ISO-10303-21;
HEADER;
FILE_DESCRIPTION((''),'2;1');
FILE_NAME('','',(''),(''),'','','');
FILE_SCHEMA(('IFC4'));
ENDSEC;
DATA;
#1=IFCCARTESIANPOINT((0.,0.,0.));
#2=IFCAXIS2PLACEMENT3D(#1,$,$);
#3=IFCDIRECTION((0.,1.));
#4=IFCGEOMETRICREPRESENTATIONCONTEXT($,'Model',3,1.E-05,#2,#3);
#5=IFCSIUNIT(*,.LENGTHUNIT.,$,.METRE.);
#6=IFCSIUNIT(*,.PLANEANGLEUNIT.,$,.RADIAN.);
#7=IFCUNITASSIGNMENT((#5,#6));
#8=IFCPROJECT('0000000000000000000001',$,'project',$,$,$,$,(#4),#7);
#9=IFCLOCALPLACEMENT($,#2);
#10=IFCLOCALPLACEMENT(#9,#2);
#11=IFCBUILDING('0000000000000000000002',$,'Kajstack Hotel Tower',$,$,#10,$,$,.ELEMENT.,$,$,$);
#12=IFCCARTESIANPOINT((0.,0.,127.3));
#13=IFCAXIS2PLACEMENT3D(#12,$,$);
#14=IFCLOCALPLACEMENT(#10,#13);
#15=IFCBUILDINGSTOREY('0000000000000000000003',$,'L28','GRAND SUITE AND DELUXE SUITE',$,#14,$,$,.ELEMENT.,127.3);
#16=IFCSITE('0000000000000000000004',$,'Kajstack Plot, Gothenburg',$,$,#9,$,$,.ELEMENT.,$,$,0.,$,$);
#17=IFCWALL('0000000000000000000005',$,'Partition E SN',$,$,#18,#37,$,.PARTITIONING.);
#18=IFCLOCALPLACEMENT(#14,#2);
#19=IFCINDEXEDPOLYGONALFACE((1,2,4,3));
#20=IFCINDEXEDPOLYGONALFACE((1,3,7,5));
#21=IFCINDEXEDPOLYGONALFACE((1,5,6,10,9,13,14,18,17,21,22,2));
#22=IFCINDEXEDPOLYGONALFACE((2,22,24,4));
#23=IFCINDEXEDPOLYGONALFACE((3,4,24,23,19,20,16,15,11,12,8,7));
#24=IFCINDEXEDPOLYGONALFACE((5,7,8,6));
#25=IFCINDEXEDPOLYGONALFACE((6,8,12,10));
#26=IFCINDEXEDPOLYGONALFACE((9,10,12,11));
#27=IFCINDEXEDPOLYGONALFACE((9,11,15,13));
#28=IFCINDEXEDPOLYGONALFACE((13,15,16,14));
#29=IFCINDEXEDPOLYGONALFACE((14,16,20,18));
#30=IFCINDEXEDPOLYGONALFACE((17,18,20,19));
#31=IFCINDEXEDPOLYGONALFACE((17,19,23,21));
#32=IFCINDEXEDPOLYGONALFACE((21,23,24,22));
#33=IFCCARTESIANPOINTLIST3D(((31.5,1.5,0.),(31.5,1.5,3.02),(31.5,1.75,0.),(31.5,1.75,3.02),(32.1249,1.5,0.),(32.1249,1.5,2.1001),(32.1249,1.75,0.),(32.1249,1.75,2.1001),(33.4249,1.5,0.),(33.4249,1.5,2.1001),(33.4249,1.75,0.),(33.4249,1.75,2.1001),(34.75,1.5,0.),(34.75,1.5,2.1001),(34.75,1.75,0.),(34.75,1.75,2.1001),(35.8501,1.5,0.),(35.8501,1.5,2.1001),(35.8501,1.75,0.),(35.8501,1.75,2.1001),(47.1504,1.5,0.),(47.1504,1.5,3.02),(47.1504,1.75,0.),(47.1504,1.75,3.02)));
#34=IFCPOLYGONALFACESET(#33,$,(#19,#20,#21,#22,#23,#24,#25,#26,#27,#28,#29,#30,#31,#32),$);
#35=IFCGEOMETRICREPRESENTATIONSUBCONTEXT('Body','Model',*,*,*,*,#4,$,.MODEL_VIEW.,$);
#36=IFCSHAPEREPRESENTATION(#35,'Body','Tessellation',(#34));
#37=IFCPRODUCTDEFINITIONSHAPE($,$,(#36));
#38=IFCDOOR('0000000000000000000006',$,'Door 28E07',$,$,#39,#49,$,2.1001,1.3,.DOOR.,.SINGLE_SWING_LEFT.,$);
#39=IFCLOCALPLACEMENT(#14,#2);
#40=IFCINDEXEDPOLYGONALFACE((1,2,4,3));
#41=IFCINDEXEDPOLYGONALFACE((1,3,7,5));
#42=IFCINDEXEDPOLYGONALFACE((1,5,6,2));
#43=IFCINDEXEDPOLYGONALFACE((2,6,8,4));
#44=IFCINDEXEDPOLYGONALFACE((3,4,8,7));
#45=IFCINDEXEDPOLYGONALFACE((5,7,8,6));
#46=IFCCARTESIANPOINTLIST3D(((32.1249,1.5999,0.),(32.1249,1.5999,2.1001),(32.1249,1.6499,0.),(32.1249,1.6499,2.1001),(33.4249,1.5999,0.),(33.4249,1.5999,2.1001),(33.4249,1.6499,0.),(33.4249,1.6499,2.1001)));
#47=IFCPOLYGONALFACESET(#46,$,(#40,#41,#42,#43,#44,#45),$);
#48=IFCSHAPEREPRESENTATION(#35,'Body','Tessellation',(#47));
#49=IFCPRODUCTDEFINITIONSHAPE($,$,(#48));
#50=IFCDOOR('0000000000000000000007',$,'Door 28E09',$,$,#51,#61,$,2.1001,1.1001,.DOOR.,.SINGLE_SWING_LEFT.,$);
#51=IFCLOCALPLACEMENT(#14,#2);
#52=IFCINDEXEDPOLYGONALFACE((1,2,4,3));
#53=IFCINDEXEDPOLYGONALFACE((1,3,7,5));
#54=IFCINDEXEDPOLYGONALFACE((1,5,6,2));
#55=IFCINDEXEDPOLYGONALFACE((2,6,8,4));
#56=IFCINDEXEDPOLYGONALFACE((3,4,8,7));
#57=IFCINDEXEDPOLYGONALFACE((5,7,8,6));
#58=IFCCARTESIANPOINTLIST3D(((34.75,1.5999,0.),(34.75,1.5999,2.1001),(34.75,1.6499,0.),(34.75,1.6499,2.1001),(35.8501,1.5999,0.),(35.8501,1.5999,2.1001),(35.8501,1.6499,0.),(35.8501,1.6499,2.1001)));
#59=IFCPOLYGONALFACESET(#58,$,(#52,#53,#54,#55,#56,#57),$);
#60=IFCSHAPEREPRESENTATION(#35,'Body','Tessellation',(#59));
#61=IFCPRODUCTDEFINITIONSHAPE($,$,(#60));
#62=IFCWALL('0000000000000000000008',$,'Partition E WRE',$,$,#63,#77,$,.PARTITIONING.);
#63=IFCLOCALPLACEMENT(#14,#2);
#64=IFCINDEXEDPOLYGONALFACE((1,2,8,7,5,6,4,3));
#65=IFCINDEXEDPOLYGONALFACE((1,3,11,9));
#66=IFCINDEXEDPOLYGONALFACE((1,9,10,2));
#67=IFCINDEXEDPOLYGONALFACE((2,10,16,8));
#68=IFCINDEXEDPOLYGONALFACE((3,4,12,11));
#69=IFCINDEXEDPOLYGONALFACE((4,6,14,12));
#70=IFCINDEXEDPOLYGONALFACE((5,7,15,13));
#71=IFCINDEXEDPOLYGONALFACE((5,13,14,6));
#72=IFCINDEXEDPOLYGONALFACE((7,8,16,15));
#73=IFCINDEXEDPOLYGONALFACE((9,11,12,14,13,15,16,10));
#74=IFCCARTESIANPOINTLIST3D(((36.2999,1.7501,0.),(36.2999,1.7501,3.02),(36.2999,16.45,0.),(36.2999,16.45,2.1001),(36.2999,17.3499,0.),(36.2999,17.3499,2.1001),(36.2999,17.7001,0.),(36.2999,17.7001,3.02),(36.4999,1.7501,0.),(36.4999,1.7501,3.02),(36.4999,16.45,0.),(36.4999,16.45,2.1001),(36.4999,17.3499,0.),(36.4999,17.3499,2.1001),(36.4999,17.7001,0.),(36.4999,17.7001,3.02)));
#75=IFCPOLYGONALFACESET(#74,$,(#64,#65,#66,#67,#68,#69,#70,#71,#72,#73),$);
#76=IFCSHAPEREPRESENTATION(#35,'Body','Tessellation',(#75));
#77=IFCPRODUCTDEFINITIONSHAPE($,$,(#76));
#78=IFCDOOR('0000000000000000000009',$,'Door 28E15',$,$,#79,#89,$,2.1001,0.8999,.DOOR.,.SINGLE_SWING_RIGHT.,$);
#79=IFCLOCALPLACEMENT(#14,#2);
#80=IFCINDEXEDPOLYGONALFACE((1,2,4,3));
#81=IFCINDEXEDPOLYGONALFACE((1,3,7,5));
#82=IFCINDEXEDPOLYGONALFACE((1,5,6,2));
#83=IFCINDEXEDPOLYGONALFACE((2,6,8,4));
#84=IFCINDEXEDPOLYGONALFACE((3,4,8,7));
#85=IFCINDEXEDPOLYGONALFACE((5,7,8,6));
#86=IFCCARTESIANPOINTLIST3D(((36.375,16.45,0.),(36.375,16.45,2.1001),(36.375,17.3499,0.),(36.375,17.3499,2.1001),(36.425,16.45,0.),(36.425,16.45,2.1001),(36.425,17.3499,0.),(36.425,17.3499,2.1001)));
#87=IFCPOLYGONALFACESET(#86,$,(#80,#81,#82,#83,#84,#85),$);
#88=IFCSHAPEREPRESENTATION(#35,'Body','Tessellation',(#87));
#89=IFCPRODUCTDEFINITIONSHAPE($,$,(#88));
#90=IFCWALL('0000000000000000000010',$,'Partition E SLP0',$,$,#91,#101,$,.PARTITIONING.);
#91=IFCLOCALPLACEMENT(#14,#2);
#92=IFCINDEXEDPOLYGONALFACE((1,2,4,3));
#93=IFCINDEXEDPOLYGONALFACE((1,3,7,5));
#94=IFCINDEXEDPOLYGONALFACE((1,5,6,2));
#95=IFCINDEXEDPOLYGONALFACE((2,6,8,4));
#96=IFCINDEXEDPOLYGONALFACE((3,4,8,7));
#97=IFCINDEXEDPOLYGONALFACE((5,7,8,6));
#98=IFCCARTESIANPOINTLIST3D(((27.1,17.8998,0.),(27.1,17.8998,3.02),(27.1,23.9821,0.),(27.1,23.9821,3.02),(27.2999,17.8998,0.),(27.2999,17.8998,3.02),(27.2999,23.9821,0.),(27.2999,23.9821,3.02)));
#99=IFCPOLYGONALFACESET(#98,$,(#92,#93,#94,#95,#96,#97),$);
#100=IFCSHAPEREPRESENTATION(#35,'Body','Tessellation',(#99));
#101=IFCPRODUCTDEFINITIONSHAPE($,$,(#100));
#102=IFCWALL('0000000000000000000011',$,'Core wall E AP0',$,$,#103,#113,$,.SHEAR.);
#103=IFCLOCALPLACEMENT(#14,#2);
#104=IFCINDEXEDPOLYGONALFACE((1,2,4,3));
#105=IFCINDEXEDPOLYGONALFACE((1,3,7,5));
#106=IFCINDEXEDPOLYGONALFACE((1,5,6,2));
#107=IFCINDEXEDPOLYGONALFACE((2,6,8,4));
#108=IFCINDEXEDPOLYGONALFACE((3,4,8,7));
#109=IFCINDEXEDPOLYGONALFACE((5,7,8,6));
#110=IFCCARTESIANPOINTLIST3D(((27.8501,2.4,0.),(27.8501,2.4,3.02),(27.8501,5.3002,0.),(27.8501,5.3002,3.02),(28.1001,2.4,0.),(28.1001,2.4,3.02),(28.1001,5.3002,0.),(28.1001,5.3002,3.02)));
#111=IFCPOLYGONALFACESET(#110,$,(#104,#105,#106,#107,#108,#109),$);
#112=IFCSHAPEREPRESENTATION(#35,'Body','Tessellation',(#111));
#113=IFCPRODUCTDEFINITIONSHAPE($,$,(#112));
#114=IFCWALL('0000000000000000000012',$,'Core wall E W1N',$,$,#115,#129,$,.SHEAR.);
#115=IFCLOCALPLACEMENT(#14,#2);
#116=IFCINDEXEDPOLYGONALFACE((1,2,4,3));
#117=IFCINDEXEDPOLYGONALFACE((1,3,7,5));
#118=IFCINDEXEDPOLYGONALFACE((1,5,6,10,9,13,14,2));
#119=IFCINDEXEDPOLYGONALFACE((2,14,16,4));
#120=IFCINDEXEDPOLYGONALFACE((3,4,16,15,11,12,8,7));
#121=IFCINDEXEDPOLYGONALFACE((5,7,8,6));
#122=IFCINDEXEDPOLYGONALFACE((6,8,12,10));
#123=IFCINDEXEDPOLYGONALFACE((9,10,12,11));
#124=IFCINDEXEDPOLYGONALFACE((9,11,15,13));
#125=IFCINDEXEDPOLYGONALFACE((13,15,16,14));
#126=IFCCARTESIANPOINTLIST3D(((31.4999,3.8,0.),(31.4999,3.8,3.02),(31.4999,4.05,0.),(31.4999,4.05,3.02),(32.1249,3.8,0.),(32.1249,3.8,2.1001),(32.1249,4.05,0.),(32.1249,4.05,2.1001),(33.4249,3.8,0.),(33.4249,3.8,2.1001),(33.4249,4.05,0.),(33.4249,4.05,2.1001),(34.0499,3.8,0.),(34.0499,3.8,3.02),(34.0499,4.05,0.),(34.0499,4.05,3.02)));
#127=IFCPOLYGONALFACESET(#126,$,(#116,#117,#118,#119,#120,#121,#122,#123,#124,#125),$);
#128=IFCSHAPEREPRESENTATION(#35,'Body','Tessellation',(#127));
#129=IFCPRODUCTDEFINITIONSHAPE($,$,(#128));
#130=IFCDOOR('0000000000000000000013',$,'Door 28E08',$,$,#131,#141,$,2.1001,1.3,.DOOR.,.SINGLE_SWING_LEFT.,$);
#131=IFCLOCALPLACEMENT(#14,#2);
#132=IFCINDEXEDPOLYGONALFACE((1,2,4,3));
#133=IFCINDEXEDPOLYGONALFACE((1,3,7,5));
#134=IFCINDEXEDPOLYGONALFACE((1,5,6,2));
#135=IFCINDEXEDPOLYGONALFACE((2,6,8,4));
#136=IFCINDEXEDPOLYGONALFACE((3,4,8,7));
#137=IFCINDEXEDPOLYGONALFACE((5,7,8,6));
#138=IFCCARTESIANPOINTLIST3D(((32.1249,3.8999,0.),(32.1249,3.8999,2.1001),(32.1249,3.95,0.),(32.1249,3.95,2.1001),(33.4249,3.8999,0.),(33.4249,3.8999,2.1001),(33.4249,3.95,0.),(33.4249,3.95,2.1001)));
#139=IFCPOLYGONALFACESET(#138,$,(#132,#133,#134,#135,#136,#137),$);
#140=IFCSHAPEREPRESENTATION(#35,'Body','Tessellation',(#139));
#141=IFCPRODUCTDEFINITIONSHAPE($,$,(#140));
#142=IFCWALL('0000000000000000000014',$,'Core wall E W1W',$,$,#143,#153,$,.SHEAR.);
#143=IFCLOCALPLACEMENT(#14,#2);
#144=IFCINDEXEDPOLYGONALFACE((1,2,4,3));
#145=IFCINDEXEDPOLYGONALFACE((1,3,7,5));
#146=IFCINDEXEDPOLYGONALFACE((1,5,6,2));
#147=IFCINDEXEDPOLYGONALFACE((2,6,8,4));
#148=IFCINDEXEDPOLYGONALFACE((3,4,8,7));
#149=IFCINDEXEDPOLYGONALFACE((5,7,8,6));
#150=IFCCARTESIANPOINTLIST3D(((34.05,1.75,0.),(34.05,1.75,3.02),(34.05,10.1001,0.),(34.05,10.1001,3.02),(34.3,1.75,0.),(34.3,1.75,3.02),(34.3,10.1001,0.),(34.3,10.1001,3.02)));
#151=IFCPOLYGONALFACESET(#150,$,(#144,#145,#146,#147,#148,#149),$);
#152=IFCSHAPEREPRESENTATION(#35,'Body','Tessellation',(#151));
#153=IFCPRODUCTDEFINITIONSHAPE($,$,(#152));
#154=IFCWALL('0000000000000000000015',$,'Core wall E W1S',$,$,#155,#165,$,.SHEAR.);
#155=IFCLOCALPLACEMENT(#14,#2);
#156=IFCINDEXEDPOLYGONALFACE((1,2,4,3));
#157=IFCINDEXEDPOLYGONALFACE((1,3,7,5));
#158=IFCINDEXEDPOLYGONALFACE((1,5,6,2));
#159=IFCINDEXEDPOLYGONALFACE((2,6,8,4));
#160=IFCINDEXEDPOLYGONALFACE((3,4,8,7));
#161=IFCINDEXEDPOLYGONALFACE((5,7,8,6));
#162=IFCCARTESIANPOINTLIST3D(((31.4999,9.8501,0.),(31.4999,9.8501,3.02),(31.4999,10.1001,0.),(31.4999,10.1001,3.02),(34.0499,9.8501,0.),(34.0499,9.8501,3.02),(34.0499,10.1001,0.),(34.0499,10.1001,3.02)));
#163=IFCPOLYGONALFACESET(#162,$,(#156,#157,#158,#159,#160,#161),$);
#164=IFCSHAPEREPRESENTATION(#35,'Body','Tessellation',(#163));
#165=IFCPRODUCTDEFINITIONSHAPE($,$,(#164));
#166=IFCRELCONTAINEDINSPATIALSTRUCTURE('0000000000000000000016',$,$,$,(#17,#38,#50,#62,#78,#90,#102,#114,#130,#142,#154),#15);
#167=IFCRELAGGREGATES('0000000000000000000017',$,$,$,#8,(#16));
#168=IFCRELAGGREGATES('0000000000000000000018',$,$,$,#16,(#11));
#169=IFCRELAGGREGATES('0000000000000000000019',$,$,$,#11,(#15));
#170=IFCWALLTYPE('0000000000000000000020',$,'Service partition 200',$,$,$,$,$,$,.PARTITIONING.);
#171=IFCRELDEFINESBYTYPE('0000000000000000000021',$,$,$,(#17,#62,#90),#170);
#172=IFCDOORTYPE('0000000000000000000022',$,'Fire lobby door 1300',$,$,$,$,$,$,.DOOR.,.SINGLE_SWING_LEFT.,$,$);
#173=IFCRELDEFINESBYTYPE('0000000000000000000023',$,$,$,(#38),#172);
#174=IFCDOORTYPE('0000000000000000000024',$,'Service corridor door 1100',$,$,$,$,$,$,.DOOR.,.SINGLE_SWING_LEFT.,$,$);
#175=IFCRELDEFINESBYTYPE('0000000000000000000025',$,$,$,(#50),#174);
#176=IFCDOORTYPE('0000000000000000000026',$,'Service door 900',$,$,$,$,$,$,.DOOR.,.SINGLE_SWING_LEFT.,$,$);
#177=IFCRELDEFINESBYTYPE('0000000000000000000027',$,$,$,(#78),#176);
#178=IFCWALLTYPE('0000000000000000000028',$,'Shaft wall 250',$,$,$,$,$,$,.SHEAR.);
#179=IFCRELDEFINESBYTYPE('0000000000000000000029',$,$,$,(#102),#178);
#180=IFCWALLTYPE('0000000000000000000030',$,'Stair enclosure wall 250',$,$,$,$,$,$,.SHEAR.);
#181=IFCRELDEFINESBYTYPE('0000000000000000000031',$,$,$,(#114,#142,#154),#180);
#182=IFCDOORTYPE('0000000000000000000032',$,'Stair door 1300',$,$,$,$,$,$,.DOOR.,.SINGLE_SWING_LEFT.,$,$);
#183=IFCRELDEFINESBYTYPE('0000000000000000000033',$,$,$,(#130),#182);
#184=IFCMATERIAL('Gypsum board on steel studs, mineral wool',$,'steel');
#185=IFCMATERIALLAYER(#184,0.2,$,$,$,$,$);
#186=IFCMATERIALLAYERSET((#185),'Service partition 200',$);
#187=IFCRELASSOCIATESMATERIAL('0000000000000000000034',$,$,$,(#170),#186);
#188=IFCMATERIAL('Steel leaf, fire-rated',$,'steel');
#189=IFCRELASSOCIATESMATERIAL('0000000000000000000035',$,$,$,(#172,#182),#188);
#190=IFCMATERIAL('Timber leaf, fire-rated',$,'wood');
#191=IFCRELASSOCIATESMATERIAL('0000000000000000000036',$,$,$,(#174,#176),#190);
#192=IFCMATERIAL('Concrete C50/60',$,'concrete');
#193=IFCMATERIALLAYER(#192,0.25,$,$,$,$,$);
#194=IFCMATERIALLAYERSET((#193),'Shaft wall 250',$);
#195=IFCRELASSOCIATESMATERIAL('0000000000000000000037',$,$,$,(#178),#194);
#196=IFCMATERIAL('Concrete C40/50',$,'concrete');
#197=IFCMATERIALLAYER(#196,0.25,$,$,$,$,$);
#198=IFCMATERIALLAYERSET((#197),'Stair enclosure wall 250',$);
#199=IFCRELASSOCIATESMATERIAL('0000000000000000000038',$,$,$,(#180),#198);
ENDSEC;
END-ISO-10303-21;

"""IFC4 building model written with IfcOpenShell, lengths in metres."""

from ifc_helpers import new_model, si_unit, direction, frame, frame_2d, origin, place, context, subcontext, project, spatial, rectangle, extrude, material, layer, layer_set, type_object, element, fill, save


model = new_model("IFC4")

# Units and contexts
model_context = context("Model", 3, precision=1e-05, world=origin(), true_north=direction((0.0, 1.0)))
body_context = subcontext(model_context, "Body", "Model", "MODEL_VIEW")
ifc_project = project(units=[si_unit("LENGTHUNIT", "METRE"), si_unit("PLANEANGLEUNIT", "RADIAN")], contexts=[model_context])

# Site, building, storey
site_placement = place(None, origin())
site = spatial("IfcSite", under=ifc_project, at=site_placement, Name="Kajstack Plot, Gothenburg", CompositionType="ELEMENT", RefElevation=0.0)
building_placement = place(site_placement, origin())
building = spatial("IfcBuilding", under=site, at=building_placement, Name="Kajstack Hotel Tower", CompositionType="ELEMENT")
storey_placement = place(building_placement, frame((0.0, 0.0, 127.3)))
storey = spatial("IfcBuildingStorey", under=building, at=storey_placement, Name="L28", Description="GRAND SUITE AND DELUXE SUITE", CompositionType="ELEMENT", Elevation=127.3)

# Shared definitions
ifc_material_1 = material(Name="Concrete C40/50", Category="concrete")

# Wall, openings, doors
ifc_material_2 = material(Name="Gypsum board on steel studs, mineral wool", Category="steel")
ifc_layer_1 = layer(ifc_material_2, 0.2)
ifc_layer_set_1 = layer_set([ifc_layer_1], Name="Service partition 200")
wall_type_1 = type_object("IfcWallType", Name="Service partition 200", PredefinedType="PARTITIONING", material=ifc_layer_set_1)
wall_1_placement = place(storey_placement, frame((31.5, 1.625, 0.0), z_axis=(0.0, 0.0, 1.0), x_axis=(1.0, 0.0, 0.0)))
wall_1 = element("IfcWall", 1, at=wall_1_placement, inside=storey, type_object=wall_type_1, Name="Partition E SN", PredefinedType="PARTITIONING", context=body_context, shape_type="SweptSolid", body=[
    extrude(rectangle(XDim=15.6504, YDim=0.25, at=frame_2d((7.8252, 0.0))), origin(), (0.0, 0.0, 1.0), 3.02),
])
opening_1_placement = place(wall_1_placement, frame((0.625, 0.0, 0.0)))
opening_1 = element("IfcOpeningElement", 2, at=opening_1_placement, cuts=wall_1, PredefinedType="OPENING", context=body_context, shape_type="SweptSolid", body=[
    extrude(rectangle(XDim=1.3, YDim=2.1001, at=frame_2d((0.6499, 1.05))), frame((0.0, 0.135, 0.0), z_axis=(0.0, -1.0, 0.0), x_axis=(1.0, 0.0, 0.0)), (0.0, 0.0, 1.0), 0.27),
])
opening_2_placement = place(wall_1_placement, frame((3.25, 0.0, 0.0)))
opening_2 = element("IfcOpeningElement", 3, at=opening_2_placement, cuts=wall_1, PredefinedType="OPENING", context=body_context, shape_type="SweptSolid", body=[
    extrude(rectangle(XDim=1.1001, YDim=2.1001, at=frame_2d((0.55, 1.05))), frame((0.0, 0.135, 0.0), z_axis=(0.0, -1.0, 0.0), x_axis=(1.0, 0.0, 0.0)), (0.0, 0.0, 1.0), 0.27),
])
ifc_material_3 = material(Name="Steel leaf, fire-rated", Category="steel")
door_type_1 = type_object("IfcDoorType", Name="Fire lobby door 1300", OperationType="SINGLE_SWING_LEFT", PredefinedType="DOOR", material=ifc_material_3)
door_1_placement = place(opening_1_placement, origin())
door_1 = element("IfcDoor", 4, at=door_1_placement, inside=storey, type_object=door_type_1, Name="Door 28E07", OperationType="SINGLE_SWING_LEFT", OverallHeight=2.1001, OverallWidth=1.3, PredefinedType="DOOR", context=body_context, shape_type="SweptSolid", body=[
    extrude(rectangle(XDim=1.3, YDim=2.1001, at=frame_2d((0.6499, 1.05))), frame((0.0, 0.0249, 0.0), z_axis=(0.0, -1.0, 0.0), x_axis=(1.0, 0.0, 0.0)), (0.0, 0.0, 1.0), 0.05),
])
fill(opening_1, door_1)
ifc_material_4 = material(Name="Timber leaf, fire-rated", Category="wood")
door_type_2 = type_object("IfcDoorType", Name="Service corridor door 1100", OperationType="SINGLE_SWING_LEFT", PredefinedType="DOOR", material=ifc_material_4)
door_2_placement = place(opening_2_placement, origin())
door_2 = element("IfcDoor", 5, at=door_2_placement, inside=storey, type_object=door_type_2, Name="Door 28E09", OperationType="SINGLE_SWING_LEFT", OverallHeight=2.1001, OverallWidth=1.1001, PredefinedType="DOOR", context=body_context, shape_type="SweptSolid", body=[
    extrude(rectangle(XDim=1.1001, YDim=2.1001, at=frame_2d((0.55, 1.05))), frame((0.0, 0.0249, 0.0), z_axis=(0.0, -1.0, 0.0), x_axis=(1.0, 0.0, 0.0)), (0.0, 0.0, 1.0), 0.05),
])
fill(opening_2, door_2)

# Wall, opening, door
wall_2_placement = place(storey_placement, frame((36.3999, 1.75, 0.0), z_axis=(0.0, 0.0, 1.0), x_axis=(0.0, 1.0, 0.0)))
wall_2 = element("IfcWall", 6, at=wall_2_placement, inside=storey, type_object=wall_type_1, Name="Partition E WRE", PredefinedType="PARTITIONING", context=body_context, shape_type="SweptSolid", body=[
    extrude(rectangle(XDim=15.95, YDim=0.2, at=frame_2d((7.9751, 0.0))), origin(), (0.0, 0.0, 1.0), 3.02),
])
opening_3_placement = place(wall_2_placement, frame((14.7, 0.0, 0.0)))
opening_3 = element("IfcOpeningElement", 7, at=opening_3_placement, cuts=wall_2, PredefinedType="OPENING", context=body_context, shape_type="SweptSolid", body=[
    extrude(rectangle(XDim=0.8999, YDim=2.1001, at=frame_2d((0.45, 1.05))), frame((0.0, 0.1099, 0.0), z_axis=(0.0, -1.0, 0.0), x_axis=(1.0, 0.0, 0.0)), (0.0, 0.0, 1.0), 0.22),
])
door_type_3 = type_object("IfcDoorType", Name="Service door 900", OperationType="SINGLE_SWING_LEFT", PredefinedType="DOOR", material=ifc_material_4)
door_3_placement = place(opening_3_placement, origin())
door_3 = element("IfcDoor", 8, at=door_3_placement, inside=storey, type_object=door_type_3, Name="Door 28E15", OperationType="SINGLE_SWING_RIGHT", OverallHeight=2.1001, OverallWidth=0.8999, PredefinedType="DOOR", context=body_context, shape_type="SweptSolid", body=[
    extrude(rectangle(XDim=0.8999, YDim=2.1001, at=frame_2d((0.45, 1.05))), frame((0.0, 0.0249, 0.0), z_axis=(0.0, -1.0, 0.0), x_axis=(1.0, 0.0, 0.0)), (0.0, 0.0, 1.0), 0.05),
])
fill(opening_3, door_3)

# Walls
wall_3_placement = place(storey_placement, frame((27.2, 17.8999, 0.0), z_axis=(0.0, 0.0, 1.0), x_axis=(0.0, 1.0, 0.0)))
element("IfcWall", 9, at=wall_3_placement, inside=storey, type_object=wall_type_1, Name="Partition E SLP0", PredefinedType="PARTITIONING", context=body_context, shape_type="SweptSolid", body=[
    extrude(rectangle(XDim=6.0823, YDim=0.2, at=frame_2d((3.041, 0.0))), origin(), (0.0, 0.0, 1.0), 3.02),
])
ifc_material_5 = material(Name="Concrete C50/60", Category="concrete")
ifc_layer_2 = layer(ifc_material_5, 0.25)
ifc_layer_set_2 = layer_set([ifc_layer_2], Name="Shaft wall 250")
wall_type_2 = type_object("IfcWallType", Name="Shaft wall 250", PredefinedType="SHEAR", material=ifc_layer_set_2)
wall_4_placement = place(storey_placement, frame((27.9751, 2.3999, 0.0), z_axis=(0.0, 0.0, 1.0), x_axis=(0.0, 1.0, 0.0)))
element("IfcWall", 10, at=wall_4_placement, inside=storey, type_object=wall_type_2, Name="Core wall E AP0", PredefinedType="SHEAR", context=body_context, shape_type="SweptSolid", body=[
    extrude(rectangle(XDim=2.9001, YDim=0.25, at=frame_2d((1.4502, 0.0))), origin(), (0.0, 0.0, 1.0), 3.02),
])

# Wall, opening, door
ifc_layer_3 = layer(ifc_material_1, 0.25)
ifc_layer_set_3 = layer_set([ifc_layer_3], Name="Stair enclosure wall 250")
wall_type_3 = type_object("IfcWallType", Name="Stair enclosure wall 250", PredefinedType="SHEAR", material=ifc_layer_set_3)
wall_5_placement = place(storey_placement, frame((31.5, 3.925, 0.0), z_axis=(0.0, 0.0, 1.0), x_axis=(1.0, 0.0, 0.0)))
wall_5 = element("IfcWall", 11, at=wall_5_placement, inside=storey, type_object=wall_type_3, Name="Core wall E W1N", PredefinedType="SHEAR", context=body_context, shape_type="SweptSolid", body=[
    extrude(rectangle(XDim=2.55, YDim=0.25, at=frame_2d((1.2749, 0.0))), origin(), (0.0, 0.0, 1.0), 3.02),
])
opening_4_placement = place(wall_5_placement, frame((0.625, 0.0, 0.0)))
opening_4 = element("IfcOpeningElement", 12, at=opening_4_placement, cuts=wall_5, PredefinedType="OPENING", context=body_context, shape_type="SweptSolid", body=[
    extrude(rectangle(XDim=1.3, YDim=2.1001, at=frame_2d((0.6499, 1.05))), frame((0.0, 0.135, 0.0), z_axis=(0.0, -1.0, 0.0), x_axis=(1.0, 0.0, 0.0)), (0.0, 0.0, 1.0), 0.27),
])
door_type_4 = type_object("IfcDoorType", Name="Stair door 1300", OperationType="SINGLE_SWING_LEFT", PredefinedType="DOOR", material=ifc_material_3)
door_4_placement = place(opening_4_placement, origin())
door_4 = element("IfcDoor", 13, at=door_4_placement, inside=storey, type_object=door_type_4, Name="Door 28E08", OperationType="SINGLE_SWING_LEFT", OverallHeight=2.1001, OverallWidth=1.3, PredefinedType="DOOR", context=body_context, shape_type="SweptSolid", body=[
    extrude(rectangle(XDim=1.3, YDim=2.1001, at=frame_2d((0.6499, 1.05))), frame((0.0, 0.0249, 0.0), z_axis=(0.0, -1.0, 0.0), x_axis=(1.0, 0.0, 0.0)), (0.0, 0.0, 1.0), 0.05),
])
fill(opening_4, door_4)

# Walls
wall_6_placement = place(storey_placement, frame((34.175, 1.75, 0.0), z_axis=(0.0, 0.0, 1.0), x_axis=(0.0, 1.0, 0.0)))
element("IfcWall", 14, at=wall_6_placement, inside=storey, type_object=wall_type_3, Name="Core wall E W1W", PredefinedType="SHEAR", context=body_context, shape_type="SweptSolid", body=[
    extrude(rectangle(XDim=8.3501, YDim=0.25, at=frame_2d((4.175, 0.0))), origin(), (0.0, 0.0, 1.0), 3.02),
])
wall_7_placement = place(storey_placement, frame((31.5, 9.9751, 0.0), z_axis=(0.0, 0.0, 1.0), x_axis=(1.0, 0.0, 0.0)))
element("IfcWall", 15, at=wall_7_placement, inside=storey, type_object=wall_type_3, Name="Core wall E W1S", PredefinedType="SHEAR", context=body_context, shape_type="SweptSolid", body=[
    extrude(rectangle(XDim=2.55, YDim=0.25, at=frame_2d((1.2749, 0.0))), origin(), (0.0, 0.0, 1.0), 3.02),
])

save(model, "model.ifc")
